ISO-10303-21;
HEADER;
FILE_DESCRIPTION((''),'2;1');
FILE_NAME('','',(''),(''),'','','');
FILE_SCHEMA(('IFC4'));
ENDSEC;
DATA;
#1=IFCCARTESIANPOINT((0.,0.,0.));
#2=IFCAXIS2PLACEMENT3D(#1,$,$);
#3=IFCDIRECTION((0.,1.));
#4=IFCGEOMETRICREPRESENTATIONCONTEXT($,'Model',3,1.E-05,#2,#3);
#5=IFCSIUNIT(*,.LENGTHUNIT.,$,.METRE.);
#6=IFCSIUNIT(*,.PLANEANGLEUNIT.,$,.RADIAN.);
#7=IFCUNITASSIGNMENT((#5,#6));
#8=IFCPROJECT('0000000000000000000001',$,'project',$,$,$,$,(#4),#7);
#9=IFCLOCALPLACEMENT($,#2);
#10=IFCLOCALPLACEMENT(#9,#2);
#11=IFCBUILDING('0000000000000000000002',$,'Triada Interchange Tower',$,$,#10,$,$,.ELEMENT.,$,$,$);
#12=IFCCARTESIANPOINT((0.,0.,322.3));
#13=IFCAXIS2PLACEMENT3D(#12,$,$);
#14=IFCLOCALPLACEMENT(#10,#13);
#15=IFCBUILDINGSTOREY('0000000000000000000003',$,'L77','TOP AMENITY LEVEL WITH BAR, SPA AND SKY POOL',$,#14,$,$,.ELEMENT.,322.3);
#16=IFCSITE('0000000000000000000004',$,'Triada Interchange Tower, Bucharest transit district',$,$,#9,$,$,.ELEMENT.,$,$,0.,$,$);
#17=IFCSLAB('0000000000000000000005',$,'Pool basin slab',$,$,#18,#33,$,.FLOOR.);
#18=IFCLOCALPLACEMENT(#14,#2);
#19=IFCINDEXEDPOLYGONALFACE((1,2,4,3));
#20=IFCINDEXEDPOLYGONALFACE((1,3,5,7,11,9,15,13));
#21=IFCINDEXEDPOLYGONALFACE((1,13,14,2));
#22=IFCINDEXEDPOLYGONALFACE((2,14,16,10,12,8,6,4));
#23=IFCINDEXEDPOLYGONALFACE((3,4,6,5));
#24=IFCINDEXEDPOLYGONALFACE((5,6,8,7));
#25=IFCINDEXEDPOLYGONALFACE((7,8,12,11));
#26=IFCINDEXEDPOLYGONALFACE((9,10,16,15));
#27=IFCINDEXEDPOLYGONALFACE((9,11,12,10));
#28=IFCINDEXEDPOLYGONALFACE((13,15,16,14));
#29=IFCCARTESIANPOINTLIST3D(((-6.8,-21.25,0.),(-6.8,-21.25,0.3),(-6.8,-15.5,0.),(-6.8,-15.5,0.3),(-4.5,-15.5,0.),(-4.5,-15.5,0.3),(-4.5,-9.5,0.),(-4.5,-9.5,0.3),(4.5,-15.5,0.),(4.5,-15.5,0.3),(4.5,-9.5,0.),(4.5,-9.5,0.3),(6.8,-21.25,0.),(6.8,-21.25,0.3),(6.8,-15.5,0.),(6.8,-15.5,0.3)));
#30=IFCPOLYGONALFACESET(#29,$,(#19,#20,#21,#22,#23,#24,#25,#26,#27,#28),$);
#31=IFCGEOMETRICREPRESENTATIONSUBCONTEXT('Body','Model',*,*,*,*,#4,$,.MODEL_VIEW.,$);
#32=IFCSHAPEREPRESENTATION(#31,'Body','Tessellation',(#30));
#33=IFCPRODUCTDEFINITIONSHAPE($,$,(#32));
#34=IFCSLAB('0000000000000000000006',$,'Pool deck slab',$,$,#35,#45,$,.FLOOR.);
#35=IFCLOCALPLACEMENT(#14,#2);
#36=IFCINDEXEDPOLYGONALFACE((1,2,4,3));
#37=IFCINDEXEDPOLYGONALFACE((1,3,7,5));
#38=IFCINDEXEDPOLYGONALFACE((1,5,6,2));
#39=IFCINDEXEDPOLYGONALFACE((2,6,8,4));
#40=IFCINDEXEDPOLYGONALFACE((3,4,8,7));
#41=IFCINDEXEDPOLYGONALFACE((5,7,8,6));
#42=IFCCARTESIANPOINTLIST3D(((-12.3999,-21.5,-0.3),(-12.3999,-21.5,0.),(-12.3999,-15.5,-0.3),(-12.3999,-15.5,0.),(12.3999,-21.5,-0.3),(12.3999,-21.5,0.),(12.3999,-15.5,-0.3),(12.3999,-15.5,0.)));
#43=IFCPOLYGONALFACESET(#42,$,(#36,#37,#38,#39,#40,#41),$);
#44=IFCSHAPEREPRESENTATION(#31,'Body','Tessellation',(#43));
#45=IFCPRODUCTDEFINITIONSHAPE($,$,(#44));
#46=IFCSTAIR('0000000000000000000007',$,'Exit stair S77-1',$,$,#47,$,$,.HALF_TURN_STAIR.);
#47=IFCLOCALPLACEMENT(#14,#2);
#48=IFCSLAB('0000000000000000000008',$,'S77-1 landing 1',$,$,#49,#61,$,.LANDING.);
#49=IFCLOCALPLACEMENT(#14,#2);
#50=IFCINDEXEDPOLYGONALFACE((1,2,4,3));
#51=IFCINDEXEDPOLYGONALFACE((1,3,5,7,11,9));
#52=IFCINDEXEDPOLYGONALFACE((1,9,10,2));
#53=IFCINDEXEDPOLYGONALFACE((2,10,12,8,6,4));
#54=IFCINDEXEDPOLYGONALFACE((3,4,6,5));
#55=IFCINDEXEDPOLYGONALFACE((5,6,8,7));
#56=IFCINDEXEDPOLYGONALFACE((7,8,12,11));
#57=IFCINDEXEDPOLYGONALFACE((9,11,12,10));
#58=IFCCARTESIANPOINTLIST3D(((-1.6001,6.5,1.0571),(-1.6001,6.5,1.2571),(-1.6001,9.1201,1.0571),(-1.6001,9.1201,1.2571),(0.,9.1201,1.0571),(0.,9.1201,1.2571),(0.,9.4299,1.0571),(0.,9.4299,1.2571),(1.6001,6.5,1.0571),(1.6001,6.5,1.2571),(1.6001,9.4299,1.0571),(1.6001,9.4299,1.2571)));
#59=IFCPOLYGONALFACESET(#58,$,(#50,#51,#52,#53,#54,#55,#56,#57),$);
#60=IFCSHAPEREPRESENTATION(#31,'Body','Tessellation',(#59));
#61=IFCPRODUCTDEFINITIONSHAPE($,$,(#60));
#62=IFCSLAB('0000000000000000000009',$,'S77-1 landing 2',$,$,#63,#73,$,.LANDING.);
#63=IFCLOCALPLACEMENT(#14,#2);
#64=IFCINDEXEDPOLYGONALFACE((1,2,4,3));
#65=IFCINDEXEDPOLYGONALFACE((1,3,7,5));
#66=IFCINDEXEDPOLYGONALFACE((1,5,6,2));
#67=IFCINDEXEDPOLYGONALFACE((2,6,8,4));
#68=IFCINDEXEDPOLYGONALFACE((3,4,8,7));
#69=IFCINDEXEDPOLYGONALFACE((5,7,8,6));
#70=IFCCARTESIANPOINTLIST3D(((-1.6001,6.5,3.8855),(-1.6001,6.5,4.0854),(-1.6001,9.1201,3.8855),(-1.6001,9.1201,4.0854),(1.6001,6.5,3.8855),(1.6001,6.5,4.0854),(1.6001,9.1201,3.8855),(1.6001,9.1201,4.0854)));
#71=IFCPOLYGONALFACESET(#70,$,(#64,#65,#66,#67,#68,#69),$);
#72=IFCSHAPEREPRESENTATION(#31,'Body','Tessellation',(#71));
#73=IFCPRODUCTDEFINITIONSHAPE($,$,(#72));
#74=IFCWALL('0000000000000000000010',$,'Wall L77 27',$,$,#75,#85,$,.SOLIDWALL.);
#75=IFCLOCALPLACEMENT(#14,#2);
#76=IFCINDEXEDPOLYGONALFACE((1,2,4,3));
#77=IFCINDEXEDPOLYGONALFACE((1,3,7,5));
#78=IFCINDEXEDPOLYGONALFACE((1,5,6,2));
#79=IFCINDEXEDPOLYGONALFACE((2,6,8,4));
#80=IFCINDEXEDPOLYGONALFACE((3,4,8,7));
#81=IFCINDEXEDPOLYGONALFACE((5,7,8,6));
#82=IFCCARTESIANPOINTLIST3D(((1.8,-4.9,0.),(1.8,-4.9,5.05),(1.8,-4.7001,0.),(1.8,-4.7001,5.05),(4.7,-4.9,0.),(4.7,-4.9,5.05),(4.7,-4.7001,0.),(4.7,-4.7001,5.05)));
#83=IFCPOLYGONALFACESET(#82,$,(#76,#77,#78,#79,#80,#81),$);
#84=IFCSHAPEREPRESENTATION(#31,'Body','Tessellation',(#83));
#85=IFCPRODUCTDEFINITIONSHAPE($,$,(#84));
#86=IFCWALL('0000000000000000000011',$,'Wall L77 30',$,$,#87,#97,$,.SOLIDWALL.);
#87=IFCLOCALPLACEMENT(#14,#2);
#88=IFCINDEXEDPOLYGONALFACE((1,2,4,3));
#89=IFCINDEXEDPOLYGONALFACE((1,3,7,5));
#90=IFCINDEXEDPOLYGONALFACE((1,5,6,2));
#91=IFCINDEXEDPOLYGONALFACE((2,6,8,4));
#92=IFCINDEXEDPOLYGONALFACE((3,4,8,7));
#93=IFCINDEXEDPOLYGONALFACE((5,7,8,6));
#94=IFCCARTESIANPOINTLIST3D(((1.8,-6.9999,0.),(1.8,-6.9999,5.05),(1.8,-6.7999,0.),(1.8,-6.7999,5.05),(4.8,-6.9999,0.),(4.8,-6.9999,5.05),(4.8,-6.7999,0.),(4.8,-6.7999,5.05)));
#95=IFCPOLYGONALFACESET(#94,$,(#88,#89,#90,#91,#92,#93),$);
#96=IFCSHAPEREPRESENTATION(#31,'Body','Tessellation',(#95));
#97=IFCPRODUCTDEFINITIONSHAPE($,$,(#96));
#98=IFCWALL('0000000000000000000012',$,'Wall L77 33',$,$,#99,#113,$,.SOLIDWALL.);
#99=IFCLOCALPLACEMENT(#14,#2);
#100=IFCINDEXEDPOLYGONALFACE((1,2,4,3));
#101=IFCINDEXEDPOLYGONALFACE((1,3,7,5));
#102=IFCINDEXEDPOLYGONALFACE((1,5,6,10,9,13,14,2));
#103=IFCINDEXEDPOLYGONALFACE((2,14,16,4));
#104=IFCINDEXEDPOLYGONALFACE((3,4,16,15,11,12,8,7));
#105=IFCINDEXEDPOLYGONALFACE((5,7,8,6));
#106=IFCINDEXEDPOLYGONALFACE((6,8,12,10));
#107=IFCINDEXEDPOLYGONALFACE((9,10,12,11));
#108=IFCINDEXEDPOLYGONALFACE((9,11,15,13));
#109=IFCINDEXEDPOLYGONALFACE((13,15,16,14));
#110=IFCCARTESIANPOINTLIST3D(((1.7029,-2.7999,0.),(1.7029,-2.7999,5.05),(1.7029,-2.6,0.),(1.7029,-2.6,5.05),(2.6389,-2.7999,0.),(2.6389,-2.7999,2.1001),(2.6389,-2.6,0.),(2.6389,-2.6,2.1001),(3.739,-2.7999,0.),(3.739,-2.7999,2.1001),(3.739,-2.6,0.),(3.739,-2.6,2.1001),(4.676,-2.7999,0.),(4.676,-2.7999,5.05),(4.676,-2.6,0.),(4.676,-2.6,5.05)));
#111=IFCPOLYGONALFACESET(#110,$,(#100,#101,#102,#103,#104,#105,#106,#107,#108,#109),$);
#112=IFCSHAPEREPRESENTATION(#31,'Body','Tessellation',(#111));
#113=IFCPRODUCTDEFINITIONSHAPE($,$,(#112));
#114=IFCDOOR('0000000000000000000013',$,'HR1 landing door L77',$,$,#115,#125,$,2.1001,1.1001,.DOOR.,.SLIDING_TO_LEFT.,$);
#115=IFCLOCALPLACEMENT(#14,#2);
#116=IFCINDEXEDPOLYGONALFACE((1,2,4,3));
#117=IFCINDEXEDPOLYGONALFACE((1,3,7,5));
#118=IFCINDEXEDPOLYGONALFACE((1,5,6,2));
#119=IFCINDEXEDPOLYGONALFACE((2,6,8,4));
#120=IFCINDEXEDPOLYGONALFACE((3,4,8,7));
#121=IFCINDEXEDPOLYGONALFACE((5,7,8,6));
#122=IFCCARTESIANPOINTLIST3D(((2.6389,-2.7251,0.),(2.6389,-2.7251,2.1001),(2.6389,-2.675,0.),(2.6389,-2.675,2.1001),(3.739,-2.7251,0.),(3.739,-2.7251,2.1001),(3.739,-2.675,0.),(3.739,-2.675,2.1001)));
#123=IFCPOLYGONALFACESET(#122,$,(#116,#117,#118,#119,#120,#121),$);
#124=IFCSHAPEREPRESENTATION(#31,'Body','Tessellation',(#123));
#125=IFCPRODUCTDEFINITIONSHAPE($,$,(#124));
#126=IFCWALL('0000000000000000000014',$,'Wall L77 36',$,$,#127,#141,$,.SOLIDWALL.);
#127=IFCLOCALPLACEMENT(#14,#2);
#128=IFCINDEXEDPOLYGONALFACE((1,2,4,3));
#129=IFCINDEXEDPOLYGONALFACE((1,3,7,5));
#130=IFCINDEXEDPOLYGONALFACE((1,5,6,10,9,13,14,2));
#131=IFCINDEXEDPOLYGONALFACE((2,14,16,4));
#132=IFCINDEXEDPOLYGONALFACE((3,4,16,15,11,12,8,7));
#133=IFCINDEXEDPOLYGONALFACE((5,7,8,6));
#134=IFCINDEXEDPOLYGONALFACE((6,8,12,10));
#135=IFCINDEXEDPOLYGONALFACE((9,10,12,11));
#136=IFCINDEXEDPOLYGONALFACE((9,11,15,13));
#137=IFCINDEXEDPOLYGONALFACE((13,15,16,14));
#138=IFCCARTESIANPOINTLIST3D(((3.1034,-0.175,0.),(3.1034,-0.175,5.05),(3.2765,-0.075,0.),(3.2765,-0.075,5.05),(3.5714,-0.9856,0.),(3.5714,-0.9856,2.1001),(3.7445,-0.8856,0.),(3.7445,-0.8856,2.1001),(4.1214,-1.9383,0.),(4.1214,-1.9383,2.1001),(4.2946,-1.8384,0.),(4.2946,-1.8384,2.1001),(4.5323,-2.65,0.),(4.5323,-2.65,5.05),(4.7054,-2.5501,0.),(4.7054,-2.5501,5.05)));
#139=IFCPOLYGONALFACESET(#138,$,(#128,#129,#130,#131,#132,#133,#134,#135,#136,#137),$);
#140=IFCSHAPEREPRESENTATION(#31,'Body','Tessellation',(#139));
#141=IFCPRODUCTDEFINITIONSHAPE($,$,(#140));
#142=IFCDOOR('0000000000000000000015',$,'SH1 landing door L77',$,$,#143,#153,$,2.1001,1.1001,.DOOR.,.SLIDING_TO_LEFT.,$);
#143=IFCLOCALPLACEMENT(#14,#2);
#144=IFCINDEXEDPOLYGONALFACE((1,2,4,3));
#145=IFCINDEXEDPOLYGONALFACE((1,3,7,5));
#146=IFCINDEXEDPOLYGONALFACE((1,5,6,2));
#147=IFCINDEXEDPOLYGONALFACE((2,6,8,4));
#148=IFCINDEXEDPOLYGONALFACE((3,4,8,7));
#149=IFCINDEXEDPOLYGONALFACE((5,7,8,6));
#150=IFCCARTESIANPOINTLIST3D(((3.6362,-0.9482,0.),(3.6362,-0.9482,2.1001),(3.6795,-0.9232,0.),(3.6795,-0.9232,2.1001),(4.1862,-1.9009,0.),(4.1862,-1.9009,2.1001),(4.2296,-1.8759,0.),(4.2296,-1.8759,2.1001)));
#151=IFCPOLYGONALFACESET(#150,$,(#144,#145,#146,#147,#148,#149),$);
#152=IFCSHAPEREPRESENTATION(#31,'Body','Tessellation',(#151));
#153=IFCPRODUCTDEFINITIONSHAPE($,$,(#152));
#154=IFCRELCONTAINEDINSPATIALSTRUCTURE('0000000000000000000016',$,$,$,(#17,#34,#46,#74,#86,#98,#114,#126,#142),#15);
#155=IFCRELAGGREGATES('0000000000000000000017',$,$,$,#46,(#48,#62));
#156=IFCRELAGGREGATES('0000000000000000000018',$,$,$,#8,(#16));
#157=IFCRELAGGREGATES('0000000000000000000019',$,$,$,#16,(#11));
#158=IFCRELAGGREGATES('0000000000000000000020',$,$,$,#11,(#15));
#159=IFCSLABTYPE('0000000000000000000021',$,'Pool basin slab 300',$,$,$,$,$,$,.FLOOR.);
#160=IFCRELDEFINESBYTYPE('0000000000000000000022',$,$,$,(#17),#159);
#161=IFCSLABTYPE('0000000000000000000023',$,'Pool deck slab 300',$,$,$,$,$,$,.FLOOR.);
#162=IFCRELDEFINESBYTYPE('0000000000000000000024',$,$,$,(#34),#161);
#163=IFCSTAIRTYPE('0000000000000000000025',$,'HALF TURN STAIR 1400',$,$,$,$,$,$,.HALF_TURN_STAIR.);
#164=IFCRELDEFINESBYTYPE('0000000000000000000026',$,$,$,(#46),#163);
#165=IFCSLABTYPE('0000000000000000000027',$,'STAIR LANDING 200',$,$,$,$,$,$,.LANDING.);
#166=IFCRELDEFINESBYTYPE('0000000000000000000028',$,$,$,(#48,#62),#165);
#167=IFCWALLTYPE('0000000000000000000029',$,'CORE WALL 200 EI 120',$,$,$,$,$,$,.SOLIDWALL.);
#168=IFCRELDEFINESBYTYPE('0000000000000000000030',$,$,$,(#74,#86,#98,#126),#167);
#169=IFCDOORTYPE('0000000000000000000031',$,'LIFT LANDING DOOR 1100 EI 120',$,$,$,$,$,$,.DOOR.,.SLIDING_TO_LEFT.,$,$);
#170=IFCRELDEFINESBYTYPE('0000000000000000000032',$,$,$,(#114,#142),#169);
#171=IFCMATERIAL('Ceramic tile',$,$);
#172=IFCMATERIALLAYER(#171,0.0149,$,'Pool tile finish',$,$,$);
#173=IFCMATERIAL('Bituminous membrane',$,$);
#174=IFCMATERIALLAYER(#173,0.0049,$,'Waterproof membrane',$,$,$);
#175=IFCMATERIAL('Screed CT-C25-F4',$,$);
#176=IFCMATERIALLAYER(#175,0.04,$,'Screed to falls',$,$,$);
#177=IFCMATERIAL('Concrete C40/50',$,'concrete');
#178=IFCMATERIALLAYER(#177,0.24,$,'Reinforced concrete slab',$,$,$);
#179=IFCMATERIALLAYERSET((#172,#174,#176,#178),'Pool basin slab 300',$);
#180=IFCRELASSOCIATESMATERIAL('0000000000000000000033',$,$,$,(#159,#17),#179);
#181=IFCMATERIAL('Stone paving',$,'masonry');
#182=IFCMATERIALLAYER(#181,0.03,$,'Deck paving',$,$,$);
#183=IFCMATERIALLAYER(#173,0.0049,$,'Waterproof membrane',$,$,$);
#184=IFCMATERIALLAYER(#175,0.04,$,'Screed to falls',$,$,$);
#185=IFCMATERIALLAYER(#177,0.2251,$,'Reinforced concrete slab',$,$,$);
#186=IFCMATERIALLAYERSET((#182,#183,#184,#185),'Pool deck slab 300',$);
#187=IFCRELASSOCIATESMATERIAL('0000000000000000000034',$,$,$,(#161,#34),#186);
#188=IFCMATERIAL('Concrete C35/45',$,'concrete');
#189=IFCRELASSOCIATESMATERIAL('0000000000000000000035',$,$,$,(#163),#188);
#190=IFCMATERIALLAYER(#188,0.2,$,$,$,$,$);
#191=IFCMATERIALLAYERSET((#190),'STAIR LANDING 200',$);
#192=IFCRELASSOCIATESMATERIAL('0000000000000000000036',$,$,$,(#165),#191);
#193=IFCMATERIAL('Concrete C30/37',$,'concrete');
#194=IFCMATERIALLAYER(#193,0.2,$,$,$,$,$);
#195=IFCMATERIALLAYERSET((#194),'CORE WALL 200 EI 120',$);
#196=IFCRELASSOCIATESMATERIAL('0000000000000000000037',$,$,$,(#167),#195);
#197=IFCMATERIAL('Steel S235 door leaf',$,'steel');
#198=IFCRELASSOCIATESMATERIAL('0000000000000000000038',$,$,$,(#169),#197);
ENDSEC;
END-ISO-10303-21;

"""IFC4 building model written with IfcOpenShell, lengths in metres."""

from ifc_helpers import new_model, si_unit, direction, frame, frame_2d, origin, place, context, subcontext, project, spatial, polyline, rectangle, outline, extrude, material, layer, layer_set, layer_usage, type_object, element, fill, aggregate, save


model = new_model("IFC4")

# Units and contexts
model_context = context("Model", 3, precision=1e-05, world=origin(), true_north=direction((0.0, 1.0)))
body_context = subcontext(model_context, "Body", "Model", "MODEL_VIEW")
ifc_project = project(units=[si_unit("LENGTHUNIT", "METRE"), si_unit("PLANEANGLEUNIT", "RADIAN")], contexts=[model_context])

# Site, building, storey
site_placement = place(None, origin())
site = spatial("IfcSite", under=ifc_project, at=site_placement, Name="Triada Interchange Tower, Bucharest transit district", CompositionType="ELEMENT", RefElevation=0.0)
building_placement = place(site_placement, origin())
building = spatial("IfcBuilding", under=site, at=building_placement, Name="Triada Interchange Tower", CompositionType="ELEMENT")
storey_placement = place(building_placement, frame((0.0, 0.0, 322.3)))
storey = spatial("IfcBuildingStorey", under=building, at=storey_placement, Name="L77", Description="TOP AMENITY LEVEL WITH BAR, SPA AND SKY POOL", CompositionType="ELEMENT", Elevation=322.3)

# Slabs
ifc_material_1 = material(Name="Ceramic tile")
ifc_layer_1 = layer(ifc_material_1, 0.0149, Name="Pool tile finish")
ifc_material_2 = material(Name="Bituminous membrane")
ifc_layer_2 = layer(ifc_material_2, 0.0049, Name="Waterproof membrane")
ifc_material_3 = material(Name="Screed CT-C25-F4")
ifc_layer_3 = layer(ifc_material_3, 0.04, Name="Screed to falls")
ifc_material_4 = material(Name="Concrete C40/50", Category="concrete")
ifc_layer_4 = layer(ifc_material_4, 0.24, Name="Reinforced concrete slab")
ifc_layer_set_1 = layer_set([ifc_layer_1, ifc_layer_2, ifc_layer_3, ifc_layer_4], Name="Pool basin slab 300")
ifc_layer_usage_1 = layer_usage(ifc_layer_set_1, "AXIS3", "POSITIVE", 0.0)
slab_type_1 = type_object("IfcSlabType", Name="Pool basin slab 300", PredefinedType="FLOOR", material=ifc_layer_set_1)
slab_1_placement = place(storey_placement, origin())
element("IfcSlab", 1, at=slab_1_placement, inside=storey, type_object=slab_type_1, material=ifc_layer_usage_1, Name="Pool basin slab", PredefinedType="FLOOR", context=body_context, shape_type="SweptSolid", body=[
    extrude(outline(polyline([(4.5, -15.5), (4.5, -9.5), (-4.5, -9.5), (-4.5, -15.5), (-6.8, -15.5), (-6.8, -21.25), (6.8, -21.25), (6.8, -15.5), (4.5, -15.5)])), origin(), (0.0, 0.0, 1.0), 0.3),
])
ifc_material_5 = material(Name="Stone paving", Category="masonry")
ifc_layer_5 = layer(ifc_material_5, 0.03, Name="Deck paving")
ifc_layer_6 = layer(ifc_material_2, 0.0049, Name="Waterproof membrane")
ifc_layer_7 = layer(ifc_material_3, 0.04, Name="Screed to falls")
ifc_layer_8 = layer(ifc_material_4, 0.2251, Name="Reinforced concrete slab")
ifc_layer_set_2 = layer_set([ifc_layer_5, ifc_layer_6, ifc_layer_7, ifc_layer_8], Name="Pool deck slab 300")
ifc_layer_usage_2 = layer_usage(ifc_layer_set_2, "AXIS3", "POSITIVE", 0.0)
slab_type_2 = type_object("IfcSlabType", Name="Pool deck slab 300", PredefinedType="FLOOR", material=ifc_layer_set_2)
slab_2_placement = place(storey_placement, frame((0.0, 0.0, -0.3)))
element("IfcSlab", 2, at=slab_2_placement, inside=storey, type_object=slab_type_2, material=ifc_layer_usage_2, Name="Pool deck slab", PredefinedType="FLOOR", context=body_context, shape_type="SweptSolid", body=[
    extrude(outline(polyline([(12.3999, -21.5), (12.3999, -15.5), (-12.3999, -15.5), (-12.3999, -21.5), (12.3999, -21.5)])), origin(), (0.0, 0.0, 1.0), 0.3),
])

# Stair, slabs
ifc_material_6 = material(Name="Concrete C35/45", Category="concrete")
stair_type = type_object("IfcStairType", Name="HALF TURN STAIR 1400", PredefinedType="HALF_TURN_STAIR", material=ifc_material_6)
stair_placement = place(storey_placement, origin())
stair = element("IfcStair", 3, at=stair_placement, inside=storey, type_object=stair_type, Name="Exit stair S77-1", PredefinedType="HALF_TURN_STAIR")
ifc_layer_9 = layer(ifc_material_6, 0.2)
ifc_layer_set_3 = layer_set([ifc_layer_9], Name="STAIR LANDING 200")
slab_type_3 = type_object("IfcSlabType", Name="STAIR LANDING 200", PredefinedType="LANDING", material=ifc_layer_set_3)
slab_3_placement = place(storey_placement, frame((0.0, 0.0, 1.0571)))
slab_3 = element("IfcSlab", 4, at=slab_3_placement, type_object=slab_type_3, Name="S77-1 landing 1", PredefinedType="LANDING", context=body_context, shape_type="SweptSolid", body=[
    extrude(outline(polyline([(1.6001, 6.5), (1.6001, 9.4299), (0.0, 9.4299), (0.0, 9.1201), (-1.6001, 9.1201), (-1.6001, 6.5), (1.6001, 6.5)])), origin(), (0.0, 0.0, 1.0), 0.2),
])
slab_4_placement = place(storey_placement, frame((0.0, 0.0, 3.8855)))
slab_4 = element("IfcSlab", 5, at=slab_4_placement, type_object=slab_type_3, Name="S77-1 landing 2", PredefinedType="LANDING", context=body_context, shape_type="SweptSolid", body=[
    extrude(outline(polyline([(1.6001, 6.5), (1.6001, 9.1201), (-1.6001, 9.1201), (-1.6001, 6.5), (1.6001, 6.5)])), origin(), (0.0, 0.0, 1.0), 0.2),
])
aggregate(stair, [slab_3, slab_4])

# Walls
ifc_material_7 = material(Name="Concrete C30/37", Category="concrete")
ifc_layer_10 = layer(ifc_material_7, 0.2)
ifc_layer_set_4 = layer_set([ifc_layer_10], Name="CORE WALL 200 EI 120")
wall_type_1 = type_object("IfcWallType", Name="CORE WALL 200 EI 120", PredefinedType="SOLIDWALL", material=ifc_layer_set_4)
wall_1_placement = place(storey_placement, frame((1.8, -4.8, 0.0), z_axis=(0.0, 0.0, 1.0), x_axis=(1.0, 0.0, 0.0)))
element("IfcWall", 6, at=wall_1_placement, inside=storey, type_object=wall_type_1, Name="Wall L77 27", PredefinedType="SOLIDWALL", context=body_context, shape_type="SweptSolid", body=[
    extrude(rectangle(XDim=2.8999, YDim=0.2, at=frame_2d((1.45, 0.0))), origin(), (0.0, 0.0, 1.0), 5.05),
])
wall_2_placement = place(storey_placement, frame((1.8, -6.8999, 0.0), z_axis=(0.0, 0.0, 1.0), x_axis=(1.0, 0.0, 0.0)))
element("IfcWall", 7, at=wall_2_placement, inside=storey, type_object=wall_type_1, Name="Wall L77 30", PredefinedType="SOLIDWALL", context=body_context, shape_type="SweptSolid", body=[
    extrude(rectangle(XDim=3.0, YDim=0.2, at=frame_2d((1.5, 0.0))), origin(), (0.0, 0.0, 1.0), 5.05),
])

# Walls, openings, doors
wall_3_placement = place(storey_placement, frame((1.7029, -2.7, 0.0), z_axis=(0.0, 0.0, 1.0), x_axis=(1.0, 0.0, 0.0)))
wall_3 = element("IfcWall", 8, at=wall_3_placement, inside=storey, type_object=wall_type_1, Name="Wall L77 33", PredefinedType="SOLIDWALL", context=body_context, shape_type="SweptSolid", body=[
    extrude(rectangle(XDim=2.9731, YDim=0.2, at=frame_2d((1.4866, 0.0))), origin(), (0.0, 0.0, 1.0), 5.05),
])
opening_1_placement = place(wall_3_placement, frame((0.936, 0.0, 0.0)))
opening_1 = element("IfcOpeningElement", 9, at=opening_1_placement, cuts=wall_3, PredefinedType="OPENING", context=body_context, shape_type="SweptSolid", body=[
    extrude(rectangle(XDim=1.1001, YDim=2.1001, at=frame_2d((0.55, 1.05))), frame((0.0, 0.1099, 0.0), z_axis=(0.0, -1.0, 0.0), x_axis=(1.0, 0.0, 0.0)), (0.0, 0.0, 1.0), 0.22),
])
ifc_material_8 = material(Name="Steel S235 door leaf", Category="steel")
door_type_1 = type_object("IfcDoorType", Name="LIFT LANDING DOOR 1100 EI 120", OperationType="SLIDING_TO_LEFT", PredefinedType="DOOR", material=ifc_material_8)
door_1_placement = place(opening_1_placement, origin())
door_1 = element("IfcDoor", 10, at=door_1_placement, inside=storey, type_object=door_type_1, Name="HR1 landing door L77", OperationType="SLIDING_TO_LEFT", OverallHeight=2.1001, OverallWidth=1.1001, PredefinedType="DOOR", context=body_context, shape_type="SweptSolid", body=[
    extrude(rectangle(XDim=1.1001, YDim=2.1001, at=frame_2d((0.55, 1.05))), frame((0.0, 0.0249, 0.0), z_axis=(0.0, -1.0, 0.0), x_axis=(1.0, 0.0, 0.0)), (0.0, 0.0, 1.0), 0.05),
])
fill(opening_1, door_1)
wall_4_placement = place(storey_placement, frame((3.1899, -0.125, 0.0), z_axis=(0.0, 0.0, 1.0), x_axis=(0.499989, -0.866032, 0.0)))
wall_4 = element("IfcWall", 11, at=wall_4_placement, inside=storey, type_object=wall_type_1, Name="Wall L77 36", PredefinedType="SOLIDWALL", context=body_context, shape_type="SweptSolid", body=[
    extrude(rectangle(XDim=2.8579, YDim=0.2, at=frame_2d((1.429, 0.0))), origin(), (0.0, 0.0, 1.0), 5.05),
])
opening_2_placement = place(wall_4_placement, frame((0.936, 0.0, 0.0)))
opening_2 = element("IfcOpeningElement", 12, at=opening_2_placement, cuts=wall_4, PredefinedType="OPENING", context=body_context, shape_type="SweptSolid", body=[
    extrude(rectangle(XDim=1.1001, YDim=2.1001, at=frame_2d((0.55, 1.05))), frame((0.0, 0.1099, 0.0), z_axis=(0.0, -1.0, 0.0), x_axis=(1.0, 0.0, 0.0)), (0.0, 0.0, 1.0), 0.22),
])
door_2_placement = place(opening_2_placement, origin())
door_2 = element("IfcDoor", 13, at=door_2_placement, inside=storey, type_object=door_type_1, Name="SH1 landing door L77", OperationType="SLIDING_TO_LEFT", OverallHeight=2.1001, OverallWidth=1.1001, PredefinedType="DOOR", context=body_context, shape_type="SweptSolid", body=[
    extrude(rectangle(XDim=1.1001, YDim=2.1001, at=frame_2d((0.55, 1.05))), frame((0.0, 0.0249, 0.0), z_axis=(0.0, -1.0, 0.0), x_axis=(1.0, 0.0, 0.0)), (0.0, 0.0, 1.0), 0.05),
])
fill(opening_2, door_2)

save(model, "model.ifc")
